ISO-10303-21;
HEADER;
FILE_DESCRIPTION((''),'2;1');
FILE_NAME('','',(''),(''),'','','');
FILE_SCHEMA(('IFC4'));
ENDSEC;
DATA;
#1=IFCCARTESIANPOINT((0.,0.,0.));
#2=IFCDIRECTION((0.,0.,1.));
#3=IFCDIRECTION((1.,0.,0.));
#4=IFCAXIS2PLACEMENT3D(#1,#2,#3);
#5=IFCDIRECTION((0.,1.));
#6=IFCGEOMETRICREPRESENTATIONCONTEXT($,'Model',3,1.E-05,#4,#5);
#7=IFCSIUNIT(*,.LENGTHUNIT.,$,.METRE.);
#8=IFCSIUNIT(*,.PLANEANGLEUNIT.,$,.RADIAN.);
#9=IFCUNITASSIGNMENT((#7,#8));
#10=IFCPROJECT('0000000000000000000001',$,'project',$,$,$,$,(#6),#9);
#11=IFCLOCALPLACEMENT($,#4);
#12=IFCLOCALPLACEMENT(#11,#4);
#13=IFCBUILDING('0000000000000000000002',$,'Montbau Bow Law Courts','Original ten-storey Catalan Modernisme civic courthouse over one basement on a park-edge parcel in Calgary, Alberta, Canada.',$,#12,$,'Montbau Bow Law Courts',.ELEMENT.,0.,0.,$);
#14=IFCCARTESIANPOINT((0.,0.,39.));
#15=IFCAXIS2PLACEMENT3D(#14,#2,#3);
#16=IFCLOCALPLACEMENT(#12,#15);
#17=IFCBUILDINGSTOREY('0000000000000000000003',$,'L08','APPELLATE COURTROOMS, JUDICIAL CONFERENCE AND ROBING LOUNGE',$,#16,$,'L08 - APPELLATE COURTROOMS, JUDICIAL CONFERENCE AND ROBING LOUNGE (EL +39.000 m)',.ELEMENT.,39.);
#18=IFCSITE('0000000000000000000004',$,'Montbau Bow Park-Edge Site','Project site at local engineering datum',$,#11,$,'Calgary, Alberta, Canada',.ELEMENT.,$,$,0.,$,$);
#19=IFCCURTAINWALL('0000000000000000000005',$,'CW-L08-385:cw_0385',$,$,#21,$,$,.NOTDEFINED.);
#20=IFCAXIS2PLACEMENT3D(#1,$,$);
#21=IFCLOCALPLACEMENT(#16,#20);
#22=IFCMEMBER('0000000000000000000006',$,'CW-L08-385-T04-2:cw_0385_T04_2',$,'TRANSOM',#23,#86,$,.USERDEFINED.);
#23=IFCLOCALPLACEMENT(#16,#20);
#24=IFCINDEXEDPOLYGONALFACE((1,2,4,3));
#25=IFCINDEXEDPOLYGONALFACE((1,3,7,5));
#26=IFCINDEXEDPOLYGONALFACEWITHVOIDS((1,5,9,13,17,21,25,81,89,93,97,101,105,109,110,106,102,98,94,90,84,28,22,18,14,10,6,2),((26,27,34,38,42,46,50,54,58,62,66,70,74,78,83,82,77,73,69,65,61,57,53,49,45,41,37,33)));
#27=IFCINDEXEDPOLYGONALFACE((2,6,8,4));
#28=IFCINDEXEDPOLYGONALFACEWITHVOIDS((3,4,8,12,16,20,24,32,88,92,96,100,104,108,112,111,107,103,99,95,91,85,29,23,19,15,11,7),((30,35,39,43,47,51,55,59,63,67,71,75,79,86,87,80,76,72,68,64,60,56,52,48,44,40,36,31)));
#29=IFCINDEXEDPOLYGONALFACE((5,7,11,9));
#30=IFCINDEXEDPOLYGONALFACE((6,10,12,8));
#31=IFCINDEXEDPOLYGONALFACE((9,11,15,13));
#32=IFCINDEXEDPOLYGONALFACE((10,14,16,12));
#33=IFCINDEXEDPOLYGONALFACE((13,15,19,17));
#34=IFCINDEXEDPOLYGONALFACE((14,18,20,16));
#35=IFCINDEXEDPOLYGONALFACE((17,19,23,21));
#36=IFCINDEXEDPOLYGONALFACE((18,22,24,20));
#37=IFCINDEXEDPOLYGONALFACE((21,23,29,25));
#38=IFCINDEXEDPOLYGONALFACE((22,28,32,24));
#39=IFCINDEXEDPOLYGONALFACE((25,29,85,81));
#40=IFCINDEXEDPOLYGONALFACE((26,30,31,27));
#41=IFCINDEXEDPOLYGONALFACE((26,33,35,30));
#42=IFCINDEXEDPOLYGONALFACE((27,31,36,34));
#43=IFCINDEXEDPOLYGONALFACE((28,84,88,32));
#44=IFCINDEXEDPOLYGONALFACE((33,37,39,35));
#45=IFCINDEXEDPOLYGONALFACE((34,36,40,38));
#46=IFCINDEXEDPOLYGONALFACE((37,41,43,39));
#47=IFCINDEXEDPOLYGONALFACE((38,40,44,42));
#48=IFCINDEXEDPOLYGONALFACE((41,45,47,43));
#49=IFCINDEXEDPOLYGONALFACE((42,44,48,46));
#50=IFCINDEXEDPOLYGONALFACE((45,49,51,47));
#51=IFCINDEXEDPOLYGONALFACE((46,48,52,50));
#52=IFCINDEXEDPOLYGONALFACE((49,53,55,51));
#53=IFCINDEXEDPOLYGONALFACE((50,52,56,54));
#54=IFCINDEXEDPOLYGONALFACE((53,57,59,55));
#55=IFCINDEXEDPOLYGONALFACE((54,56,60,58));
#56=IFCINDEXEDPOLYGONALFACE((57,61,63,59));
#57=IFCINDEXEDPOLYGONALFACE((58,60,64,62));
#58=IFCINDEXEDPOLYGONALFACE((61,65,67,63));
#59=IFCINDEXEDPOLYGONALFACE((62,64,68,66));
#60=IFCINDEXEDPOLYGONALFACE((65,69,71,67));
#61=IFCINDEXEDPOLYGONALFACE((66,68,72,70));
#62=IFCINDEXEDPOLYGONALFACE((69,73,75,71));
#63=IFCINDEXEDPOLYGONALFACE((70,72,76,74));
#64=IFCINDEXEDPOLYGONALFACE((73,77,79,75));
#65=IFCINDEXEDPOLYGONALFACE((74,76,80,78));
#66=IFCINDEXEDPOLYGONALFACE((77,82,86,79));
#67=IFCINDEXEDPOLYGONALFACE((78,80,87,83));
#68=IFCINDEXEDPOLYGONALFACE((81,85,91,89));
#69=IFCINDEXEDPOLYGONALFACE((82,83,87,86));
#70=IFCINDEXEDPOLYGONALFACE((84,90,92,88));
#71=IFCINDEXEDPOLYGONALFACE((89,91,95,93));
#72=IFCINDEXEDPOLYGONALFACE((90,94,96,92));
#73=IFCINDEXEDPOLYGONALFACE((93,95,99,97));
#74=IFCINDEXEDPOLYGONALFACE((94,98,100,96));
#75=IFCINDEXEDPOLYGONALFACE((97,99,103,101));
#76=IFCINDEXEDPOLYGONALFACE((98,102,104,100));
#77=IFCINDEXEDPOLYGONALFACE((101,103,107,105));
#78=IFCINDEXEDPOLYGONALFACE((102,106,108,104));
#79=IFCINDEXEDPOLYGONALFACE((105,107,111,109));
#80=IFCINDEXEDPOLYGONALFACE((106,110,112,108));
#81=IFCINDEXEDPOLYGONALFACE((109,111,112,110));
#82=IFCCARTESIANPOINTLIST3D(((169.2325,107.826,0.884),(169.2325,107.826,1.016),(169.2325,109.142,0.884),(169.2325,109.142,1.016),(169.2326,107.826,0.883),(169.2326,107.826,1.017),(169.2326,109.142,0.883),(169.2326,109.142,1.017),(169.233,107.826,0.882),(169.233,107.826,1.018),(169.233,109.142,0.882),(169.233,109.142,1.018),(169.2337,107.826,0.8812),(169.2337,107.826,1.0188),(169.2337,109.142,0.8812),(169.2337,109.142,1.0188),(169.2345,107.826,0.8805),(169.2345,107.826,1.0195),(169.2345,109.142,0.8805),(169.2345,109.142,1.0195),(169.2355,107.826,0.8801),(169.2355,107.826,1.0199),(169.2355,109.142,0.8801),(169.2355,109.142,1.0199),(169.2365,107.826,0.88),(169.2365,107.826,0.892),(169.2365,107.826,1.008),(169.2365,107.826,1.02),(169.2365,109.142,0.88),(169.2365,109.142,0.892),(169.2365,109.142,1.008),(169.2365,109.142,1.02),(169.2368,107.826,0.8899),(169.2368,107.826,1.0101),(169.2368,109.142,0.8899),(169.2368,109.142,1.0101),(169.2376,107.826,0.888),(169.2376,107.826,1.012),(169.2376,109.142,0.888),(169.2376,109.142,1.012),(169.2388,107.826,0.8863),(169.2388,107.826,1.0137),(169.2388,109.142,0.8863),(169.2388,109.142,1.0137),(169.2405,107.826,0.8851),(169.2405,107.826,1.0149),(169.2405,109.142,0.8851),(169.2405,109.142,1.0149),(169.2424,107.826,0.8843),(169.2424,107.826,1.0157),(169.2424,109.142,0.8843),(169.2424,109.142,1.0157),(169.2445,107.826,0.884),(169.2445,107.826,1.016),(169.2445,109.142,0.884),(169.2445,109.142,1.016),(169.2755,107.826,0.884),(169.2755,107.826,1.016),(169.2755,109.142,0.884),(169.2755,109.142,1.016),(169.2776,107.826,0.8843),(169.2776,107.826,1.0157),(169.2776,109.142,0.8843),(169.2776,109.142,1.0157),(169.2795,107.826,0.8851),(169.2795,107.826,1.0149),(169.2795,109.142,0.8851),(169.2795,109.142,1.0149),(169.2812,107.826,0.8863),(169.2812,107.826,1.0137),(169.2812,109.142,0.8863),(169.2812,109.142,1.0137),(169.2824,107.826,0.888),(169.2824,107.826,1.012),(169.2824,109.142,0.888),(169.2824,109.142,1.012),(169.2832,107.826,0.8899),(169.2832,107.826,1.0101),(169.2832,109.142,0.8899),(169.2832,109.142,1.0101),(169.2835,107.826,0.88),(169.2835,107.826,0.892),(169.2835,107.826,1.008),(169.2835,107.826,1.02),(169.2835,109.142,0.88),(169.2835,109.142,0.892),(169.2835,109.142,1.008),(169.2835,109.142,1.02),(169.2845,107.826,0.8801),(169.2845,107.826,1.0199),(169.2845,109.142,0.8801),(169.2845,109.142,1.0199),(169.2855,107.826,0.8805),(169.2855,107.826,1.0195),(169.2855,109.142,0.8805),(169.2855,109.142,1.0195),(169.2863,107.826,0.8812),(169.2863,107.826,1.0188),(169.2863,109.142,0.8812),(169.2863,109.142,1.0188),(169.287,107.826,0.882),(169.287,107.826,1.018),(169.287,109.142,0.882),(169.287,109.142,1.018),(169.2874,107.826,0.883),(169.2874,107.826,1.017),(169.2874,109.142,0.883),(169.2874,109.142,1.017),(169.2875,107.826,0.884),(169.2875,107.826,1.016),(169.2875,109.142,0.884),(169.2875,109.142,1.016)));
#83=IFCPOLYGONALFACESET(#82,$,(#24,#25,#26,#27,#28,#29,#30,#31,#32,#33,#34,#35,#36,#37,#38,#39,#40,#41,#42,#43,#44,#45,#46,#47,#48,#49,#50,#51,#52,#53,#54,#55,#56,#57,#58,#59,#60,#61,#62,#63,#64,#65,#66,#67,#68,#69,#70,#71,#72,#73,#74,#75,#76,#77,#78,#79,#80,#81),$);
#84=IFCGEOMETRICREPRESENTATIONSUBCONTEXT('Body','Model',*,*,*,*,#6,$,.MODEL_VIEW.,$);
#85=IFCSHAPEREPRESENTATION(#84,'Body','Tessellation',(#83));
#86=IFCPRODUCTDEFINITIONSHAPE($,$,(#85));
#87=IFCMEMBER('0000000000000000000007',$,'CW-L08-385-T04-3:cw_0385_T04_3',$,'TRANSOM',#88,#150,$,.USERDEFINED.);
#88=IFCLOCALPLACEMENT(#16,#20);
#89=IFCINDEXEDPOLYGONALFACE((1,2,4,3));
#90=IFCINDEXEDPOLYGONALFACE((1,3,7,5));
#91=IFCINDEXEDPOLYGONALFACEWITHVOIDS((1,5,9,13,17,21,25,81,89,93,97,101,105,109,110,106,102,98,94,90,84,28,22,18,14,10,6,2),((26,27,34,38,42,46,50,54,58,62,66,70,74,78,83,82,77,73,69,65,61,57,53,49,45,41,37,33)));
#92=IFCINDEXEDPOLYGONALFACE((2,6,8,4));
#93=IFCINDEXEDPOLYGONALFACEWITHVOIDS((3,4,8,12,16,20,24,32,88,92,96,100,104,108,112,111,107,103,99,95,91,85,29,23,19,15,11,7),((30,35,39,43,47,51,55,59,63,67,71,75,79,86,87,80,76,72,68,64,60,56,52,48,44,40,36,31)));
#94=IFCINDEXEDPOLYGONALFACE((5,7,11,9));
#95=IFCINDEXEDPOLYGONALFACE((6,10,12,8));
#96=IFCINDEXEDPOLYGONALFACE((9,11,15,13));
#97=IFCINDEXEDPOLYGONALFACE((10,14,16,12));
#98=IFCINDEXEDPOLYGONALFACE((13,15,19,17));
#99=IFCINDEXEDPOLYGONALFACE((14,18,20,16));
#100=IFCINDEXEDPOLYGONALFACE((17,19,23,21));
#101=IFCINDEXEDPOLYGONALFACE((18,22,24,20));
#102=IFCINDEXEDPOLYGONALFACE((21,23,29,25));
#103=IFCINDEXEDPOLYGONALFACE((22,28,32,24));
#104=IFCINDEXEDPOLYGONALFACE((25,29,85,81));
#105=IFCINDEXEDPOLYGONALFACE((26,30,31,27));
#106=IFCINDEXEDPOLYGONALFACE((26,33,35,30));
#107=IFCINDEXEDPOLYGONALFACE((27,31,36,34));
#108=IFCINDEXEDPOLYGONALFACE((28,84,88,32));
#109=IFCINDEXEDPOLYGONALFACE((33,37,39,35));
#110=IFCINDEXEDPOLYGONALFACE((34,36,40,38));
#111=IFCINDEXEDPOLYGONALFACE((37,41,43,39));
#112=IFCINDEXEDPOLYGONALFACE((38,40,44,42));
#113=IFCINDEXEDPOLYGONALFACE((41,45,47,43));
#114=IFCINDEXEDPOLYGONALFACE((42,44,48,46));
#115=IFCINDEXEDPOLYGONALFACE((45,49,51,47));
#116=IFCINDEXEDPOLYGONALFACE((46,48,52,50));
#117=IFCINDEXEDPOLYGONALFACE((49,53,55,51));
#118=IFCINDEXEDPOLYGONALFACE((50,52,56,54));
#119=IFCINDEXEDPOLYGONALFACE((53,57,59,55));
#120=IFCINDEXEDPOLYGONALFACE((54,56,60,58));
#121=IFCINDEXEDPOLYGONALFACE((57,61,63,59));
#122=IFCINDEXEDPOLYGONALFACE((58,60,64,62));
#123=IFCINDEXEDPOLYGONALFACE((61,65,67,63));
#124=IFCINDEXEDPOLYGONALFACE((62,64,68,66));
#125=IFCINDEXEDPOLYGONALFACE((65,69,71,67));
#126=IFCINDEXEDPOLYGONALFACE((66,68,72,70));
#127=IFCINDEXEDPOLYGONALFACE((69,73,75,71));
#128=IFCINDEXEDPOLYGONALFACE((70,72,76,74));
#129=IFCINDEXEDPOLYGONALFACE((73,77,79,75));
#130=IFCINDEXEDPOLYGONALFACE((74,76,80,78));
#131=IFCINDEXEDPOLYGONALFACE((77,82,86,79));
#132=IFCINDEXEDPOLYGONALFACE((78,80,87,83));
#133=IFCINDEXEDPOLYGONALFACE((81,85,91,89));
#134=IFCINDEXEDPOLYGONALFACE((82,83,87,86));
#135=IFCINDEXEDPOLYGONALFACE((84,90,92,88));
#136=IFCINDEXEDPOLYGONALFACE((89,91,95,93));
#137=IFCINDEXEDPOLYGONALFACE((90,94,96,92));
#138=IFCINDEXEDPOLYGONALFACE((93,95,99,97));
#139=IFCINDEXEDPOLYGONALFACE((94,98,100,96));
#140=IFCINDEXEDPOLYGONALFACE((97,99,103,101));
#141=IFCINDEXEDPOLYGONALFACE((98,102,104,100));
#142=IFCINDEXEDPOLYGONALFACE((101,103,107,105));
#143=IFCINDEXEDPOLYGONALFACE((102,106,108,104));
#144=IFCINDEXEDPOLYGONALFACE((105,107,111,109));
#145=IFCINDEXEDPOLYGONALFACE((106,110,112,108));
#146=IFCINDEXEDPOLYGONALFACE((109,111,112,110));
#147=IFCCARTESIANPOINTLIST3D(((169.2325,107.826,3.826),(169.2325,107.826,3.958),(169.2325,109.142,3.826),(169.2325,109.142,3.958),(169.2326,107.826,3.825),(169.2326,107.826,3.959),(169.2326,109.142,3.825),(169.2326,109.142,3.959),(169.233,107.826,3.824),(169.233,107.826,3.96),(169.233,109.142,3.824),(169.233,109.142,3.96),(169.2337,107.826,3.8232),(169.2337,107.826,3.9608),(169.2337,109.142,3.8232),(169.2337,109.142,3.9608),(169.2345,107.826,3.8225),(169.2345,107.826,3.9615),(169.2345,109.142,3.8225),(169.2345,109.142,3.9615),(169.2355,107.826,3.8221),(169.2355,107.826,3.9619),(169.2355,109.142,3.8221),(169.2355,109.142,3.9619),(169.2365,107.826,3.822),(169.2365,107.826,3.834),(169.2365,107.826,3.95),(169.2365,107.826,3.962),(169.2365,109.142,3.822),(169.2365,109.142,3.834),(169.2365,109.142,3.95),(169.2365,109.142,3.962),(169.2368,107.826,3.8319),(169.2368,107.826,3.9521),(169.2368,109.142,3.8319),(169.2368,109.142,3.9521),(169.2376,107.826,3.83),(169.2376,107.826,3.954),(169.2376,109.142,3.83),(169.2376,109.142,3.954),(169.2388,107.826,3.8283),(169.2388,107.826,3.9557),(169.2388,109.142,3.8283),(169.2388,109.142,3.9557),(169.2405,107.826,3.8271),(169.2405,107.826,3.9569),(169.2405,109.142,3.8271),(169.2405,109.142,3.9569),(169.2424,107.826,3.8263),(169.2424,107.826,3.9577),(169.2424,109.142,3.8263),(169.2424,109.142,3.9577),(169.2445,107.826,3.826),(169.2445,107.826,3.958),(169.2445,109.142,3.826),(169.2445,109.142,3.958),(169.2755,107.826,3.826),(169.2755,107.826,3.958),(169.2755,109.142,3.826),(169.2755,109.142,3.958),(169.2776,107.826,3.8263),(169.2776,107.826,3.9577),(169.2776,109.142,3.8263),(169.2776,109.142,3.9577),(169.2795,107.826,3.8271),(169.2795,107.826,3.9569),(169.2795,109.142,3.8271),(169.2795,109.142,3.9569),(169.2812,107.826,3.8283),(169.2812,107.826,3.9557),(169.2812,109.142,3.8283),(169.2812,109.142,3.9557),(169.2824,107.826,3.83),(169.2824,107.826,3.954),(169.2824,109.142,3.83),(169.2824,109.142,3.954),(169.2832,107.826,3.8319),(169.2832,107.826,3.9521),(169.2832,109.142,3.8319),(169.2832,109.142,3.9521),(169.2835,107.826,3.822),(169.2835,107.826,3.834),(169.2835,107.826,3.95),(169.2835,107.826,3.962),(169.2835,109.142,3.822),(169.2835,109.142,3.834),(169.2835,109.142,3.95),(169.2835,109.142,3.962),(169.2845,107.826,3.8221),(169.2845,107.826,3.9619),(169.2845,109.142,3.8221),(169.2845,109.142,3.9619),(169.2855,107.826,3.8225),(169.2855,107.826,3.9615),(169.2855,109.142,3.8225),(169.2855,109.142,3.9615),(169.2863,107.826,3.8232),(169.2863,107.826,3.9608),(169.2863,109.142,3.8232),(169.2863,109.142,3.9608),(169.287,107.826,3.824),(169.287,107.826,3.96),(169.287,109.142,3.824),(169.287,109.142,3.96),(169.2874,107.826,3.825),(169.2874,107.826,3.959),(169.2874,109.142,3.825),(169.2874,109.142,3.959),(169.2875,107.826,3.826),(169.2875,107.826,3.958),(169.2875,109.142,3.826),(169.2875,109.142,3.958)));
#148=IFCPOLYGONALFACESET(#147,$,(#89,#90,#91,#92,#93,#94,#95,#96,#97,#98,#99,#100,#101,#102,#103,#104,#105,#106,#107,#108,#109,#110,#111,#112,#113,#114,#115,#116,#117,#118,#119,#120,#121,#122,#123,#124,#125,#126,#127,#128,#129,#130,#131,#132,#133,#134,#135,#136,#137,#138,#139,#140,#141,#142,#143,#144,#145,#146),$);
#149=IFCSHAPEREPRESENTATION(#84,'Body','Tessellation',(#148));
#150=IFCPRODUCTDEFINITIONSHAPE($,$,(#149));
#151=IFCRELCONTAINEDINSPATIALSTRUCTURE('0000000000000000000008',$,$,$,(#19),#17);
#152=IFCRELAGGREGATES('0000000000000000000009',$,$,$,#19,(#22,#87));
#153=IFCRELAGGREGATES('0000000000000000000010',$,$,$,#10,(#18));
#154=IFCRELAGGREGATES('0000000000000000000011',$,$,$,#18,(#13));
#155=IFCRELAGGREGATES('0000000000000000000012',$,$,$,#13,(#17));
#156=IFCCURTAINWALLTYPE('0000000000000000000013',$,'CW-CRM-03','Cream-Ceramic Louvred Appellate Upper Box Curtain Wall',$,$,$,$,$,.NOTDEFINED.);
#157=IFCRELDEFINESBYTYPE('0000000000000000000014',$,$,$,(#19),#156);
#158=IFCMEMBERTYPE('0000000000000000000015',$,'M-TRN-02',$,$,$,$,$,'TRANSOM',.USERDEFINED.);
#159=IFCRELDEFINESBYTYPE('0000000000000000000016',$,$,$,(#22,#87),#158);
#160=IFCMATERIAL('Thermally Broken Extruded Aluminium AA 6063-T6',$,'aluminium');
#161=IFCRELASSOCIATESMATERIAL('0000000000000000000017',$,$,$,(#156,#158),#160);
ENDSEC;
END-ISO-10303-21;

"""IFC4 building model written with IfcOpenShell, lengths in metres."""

from ifc_helpers import new_model, si_unit, direction, frame, origin_with_axes, origin_2d_with_axis, place, context, subcontext, project, spatial, hollow_rectangle, extrude, material, material_profile, profile_set, type_object, element, aggregate, save


model = new_model("IFC4")

# Units and contexts
model_context = context("Model", 3, precision=1e-05, world=origin_with_axes(), true_north=direction((0.0, 1.0)))
body_context = subcontext(model_context, "Body", "Model", "MODEL_VIEW")
ifc_project = project(units=[si_unit("LENGTHUNIT", "METRE"), si_unit("PLANEANGLEUNIT", "RADIAN")], contexts=[model_context])

# Site, building, storey
site_placement = place(None, origin_with_axes())
site = spatial("IfcSite", under=ifc_project, at=site_placement, Name="Montbau Bow Park-Edge Site", Description="Project site at local engineering datum", LongName="Calgary, Alberta, Canada", CompositionType="ELEMENT", RefElevation=0.0)
building_placement = place(site_placement, origin_with_axes())
building = spatial("IfcBuilding", under=site, at=building_placement, Name="Montbau Bow Law Courts", Description="Original ten-storey Catalan Modernisme civic courthouse over one basement on a park-edge parcel in Calgary, Alberta, Canada.", LongName="Montbau Bow Law Courts", CompositionType="ELEMENT", ElevationOfRefHeight=0.0, ElevationOfTerrain=0.0)
storey_placement = place(building_placement, frame((0.0, 0.0, 39.0), z_axis=(0.0, 0.0, 1.0), x_axis=(1.0, 0.0, 0.0)))
storey = spatial("IfcBuildingStorey", under=building, at=storey_placement, Name="L08", Description="APPELLATE COURTROOMS, JUDICIAL CONFERENCE AND ROBING LOUNGE", LongName="L08 - APPELLATE COURTROOMS, JUDICIAL CONFERENCE AND ROBING LOUNGE (EL +39.000 m)", CompositionType="ELEMENT", Elevation=39.0)

# Curtain wall
ifc_material_1 = material(Name="Thermally Broken Extruded Aluminium AA 6063-T6", Category="aluminium")
curtain_wall_type = type_object("IfcCurtainWallType", Name="CW-CRM-03", Description="Cream-Ceramic Louvred Appellate Upper Box Curtain Wall", PredefinedType="NOTDEFINED", material=ifc_material_1)
curtain_wall_1_placement = place(None, frame((169.26, 103.64, 39.0), z_axis=(0.0, 0.0, 1.0), x_axis=(1.0, 0.0, 0.0)))
curtain_wall_1 = element("IfcCurtainWall", 1, at=curtain_wall_1_placement, inside=storey, type_object=curtain_wall_type, Name="CW-L08-385:cw_0385", PredefinedType="NOTDEFINED")

# Members
ifc_material_profile_1 = material_profile(ifc_material_1, hollow_rectangle(XDim=0.055, YDim=0.14, WallThickness=0.004, InnerFilletRadius=0.008, OuterFilletRadius=0.004, at=origin_2d_with_axis()), Name="CWT-140X55", Category="Main", Priority=0)
ifc_profile_set_1 = profile_set([ifc_material_profile_1], Name="Thermally Broken Extruded Aluminium AA 6063-T6")
member_type_1 = type_object("IfcMemberType", Name="M-TRN-02", ElementType="TRANSOM", PredefinedType="USERDEFINED", material=ifc_profile_set_1)
member_1_placement = place(None, frame((169.26, 107.826, 39.95), z_axis=(0.0, 1.0, 0.0), x_axis=(-1.0, 0.0, 0.0)))
member_1 = element("IfcMember", 2, at=member_1_placement, type_object=member_type_1, Name="CW-L08-385-T04-2:cw_0385_T04_2", ObjectType="TRANSOM", PredefinedType="USERDEFINED", context=body_context, shape_type="SweptSolid", body=[
    extrude(hollow_rectangle(XDim=0.055, YDim=0.14, WallThickness=0.004, InnerFilletRadius=0.008, OuterFilletRadius=0.004, at=origin_2d_with_axis()), origin_with_axes(), (0.0, 0.0, 1.0), 1.316),
])
member_2_placement = place(None, frame((169.26, 107.826, 42.892), z_axis=(0.0, 1.0, 0.0), x_axis=(-1.0, 0.0, 0.0)))
member_2 = element("IfcMember", 3, at=member_2_placement, type_object=member_type_1, Name="CW-L08-385-T04-3:cw_0385_T04_3", ObjectType="TRANSOM", PredefinedType="USERDEFINED", context=body_context, shape_type="SweptSolid", body=[
    extrude(hollow_rectangle(XDim=0.055, YDim=0.14, WallThickness=0.004, InnerFilletRadius=0.008, OuterFilletRadius=0.004, at=origin_2d_with_axis()), origin_with_axes(), (0.0, 0.0, 1.0), 1.316),
])

aggregate(curtain_wall_1, [member_1, member_2])

save(model, "model.ifc")
